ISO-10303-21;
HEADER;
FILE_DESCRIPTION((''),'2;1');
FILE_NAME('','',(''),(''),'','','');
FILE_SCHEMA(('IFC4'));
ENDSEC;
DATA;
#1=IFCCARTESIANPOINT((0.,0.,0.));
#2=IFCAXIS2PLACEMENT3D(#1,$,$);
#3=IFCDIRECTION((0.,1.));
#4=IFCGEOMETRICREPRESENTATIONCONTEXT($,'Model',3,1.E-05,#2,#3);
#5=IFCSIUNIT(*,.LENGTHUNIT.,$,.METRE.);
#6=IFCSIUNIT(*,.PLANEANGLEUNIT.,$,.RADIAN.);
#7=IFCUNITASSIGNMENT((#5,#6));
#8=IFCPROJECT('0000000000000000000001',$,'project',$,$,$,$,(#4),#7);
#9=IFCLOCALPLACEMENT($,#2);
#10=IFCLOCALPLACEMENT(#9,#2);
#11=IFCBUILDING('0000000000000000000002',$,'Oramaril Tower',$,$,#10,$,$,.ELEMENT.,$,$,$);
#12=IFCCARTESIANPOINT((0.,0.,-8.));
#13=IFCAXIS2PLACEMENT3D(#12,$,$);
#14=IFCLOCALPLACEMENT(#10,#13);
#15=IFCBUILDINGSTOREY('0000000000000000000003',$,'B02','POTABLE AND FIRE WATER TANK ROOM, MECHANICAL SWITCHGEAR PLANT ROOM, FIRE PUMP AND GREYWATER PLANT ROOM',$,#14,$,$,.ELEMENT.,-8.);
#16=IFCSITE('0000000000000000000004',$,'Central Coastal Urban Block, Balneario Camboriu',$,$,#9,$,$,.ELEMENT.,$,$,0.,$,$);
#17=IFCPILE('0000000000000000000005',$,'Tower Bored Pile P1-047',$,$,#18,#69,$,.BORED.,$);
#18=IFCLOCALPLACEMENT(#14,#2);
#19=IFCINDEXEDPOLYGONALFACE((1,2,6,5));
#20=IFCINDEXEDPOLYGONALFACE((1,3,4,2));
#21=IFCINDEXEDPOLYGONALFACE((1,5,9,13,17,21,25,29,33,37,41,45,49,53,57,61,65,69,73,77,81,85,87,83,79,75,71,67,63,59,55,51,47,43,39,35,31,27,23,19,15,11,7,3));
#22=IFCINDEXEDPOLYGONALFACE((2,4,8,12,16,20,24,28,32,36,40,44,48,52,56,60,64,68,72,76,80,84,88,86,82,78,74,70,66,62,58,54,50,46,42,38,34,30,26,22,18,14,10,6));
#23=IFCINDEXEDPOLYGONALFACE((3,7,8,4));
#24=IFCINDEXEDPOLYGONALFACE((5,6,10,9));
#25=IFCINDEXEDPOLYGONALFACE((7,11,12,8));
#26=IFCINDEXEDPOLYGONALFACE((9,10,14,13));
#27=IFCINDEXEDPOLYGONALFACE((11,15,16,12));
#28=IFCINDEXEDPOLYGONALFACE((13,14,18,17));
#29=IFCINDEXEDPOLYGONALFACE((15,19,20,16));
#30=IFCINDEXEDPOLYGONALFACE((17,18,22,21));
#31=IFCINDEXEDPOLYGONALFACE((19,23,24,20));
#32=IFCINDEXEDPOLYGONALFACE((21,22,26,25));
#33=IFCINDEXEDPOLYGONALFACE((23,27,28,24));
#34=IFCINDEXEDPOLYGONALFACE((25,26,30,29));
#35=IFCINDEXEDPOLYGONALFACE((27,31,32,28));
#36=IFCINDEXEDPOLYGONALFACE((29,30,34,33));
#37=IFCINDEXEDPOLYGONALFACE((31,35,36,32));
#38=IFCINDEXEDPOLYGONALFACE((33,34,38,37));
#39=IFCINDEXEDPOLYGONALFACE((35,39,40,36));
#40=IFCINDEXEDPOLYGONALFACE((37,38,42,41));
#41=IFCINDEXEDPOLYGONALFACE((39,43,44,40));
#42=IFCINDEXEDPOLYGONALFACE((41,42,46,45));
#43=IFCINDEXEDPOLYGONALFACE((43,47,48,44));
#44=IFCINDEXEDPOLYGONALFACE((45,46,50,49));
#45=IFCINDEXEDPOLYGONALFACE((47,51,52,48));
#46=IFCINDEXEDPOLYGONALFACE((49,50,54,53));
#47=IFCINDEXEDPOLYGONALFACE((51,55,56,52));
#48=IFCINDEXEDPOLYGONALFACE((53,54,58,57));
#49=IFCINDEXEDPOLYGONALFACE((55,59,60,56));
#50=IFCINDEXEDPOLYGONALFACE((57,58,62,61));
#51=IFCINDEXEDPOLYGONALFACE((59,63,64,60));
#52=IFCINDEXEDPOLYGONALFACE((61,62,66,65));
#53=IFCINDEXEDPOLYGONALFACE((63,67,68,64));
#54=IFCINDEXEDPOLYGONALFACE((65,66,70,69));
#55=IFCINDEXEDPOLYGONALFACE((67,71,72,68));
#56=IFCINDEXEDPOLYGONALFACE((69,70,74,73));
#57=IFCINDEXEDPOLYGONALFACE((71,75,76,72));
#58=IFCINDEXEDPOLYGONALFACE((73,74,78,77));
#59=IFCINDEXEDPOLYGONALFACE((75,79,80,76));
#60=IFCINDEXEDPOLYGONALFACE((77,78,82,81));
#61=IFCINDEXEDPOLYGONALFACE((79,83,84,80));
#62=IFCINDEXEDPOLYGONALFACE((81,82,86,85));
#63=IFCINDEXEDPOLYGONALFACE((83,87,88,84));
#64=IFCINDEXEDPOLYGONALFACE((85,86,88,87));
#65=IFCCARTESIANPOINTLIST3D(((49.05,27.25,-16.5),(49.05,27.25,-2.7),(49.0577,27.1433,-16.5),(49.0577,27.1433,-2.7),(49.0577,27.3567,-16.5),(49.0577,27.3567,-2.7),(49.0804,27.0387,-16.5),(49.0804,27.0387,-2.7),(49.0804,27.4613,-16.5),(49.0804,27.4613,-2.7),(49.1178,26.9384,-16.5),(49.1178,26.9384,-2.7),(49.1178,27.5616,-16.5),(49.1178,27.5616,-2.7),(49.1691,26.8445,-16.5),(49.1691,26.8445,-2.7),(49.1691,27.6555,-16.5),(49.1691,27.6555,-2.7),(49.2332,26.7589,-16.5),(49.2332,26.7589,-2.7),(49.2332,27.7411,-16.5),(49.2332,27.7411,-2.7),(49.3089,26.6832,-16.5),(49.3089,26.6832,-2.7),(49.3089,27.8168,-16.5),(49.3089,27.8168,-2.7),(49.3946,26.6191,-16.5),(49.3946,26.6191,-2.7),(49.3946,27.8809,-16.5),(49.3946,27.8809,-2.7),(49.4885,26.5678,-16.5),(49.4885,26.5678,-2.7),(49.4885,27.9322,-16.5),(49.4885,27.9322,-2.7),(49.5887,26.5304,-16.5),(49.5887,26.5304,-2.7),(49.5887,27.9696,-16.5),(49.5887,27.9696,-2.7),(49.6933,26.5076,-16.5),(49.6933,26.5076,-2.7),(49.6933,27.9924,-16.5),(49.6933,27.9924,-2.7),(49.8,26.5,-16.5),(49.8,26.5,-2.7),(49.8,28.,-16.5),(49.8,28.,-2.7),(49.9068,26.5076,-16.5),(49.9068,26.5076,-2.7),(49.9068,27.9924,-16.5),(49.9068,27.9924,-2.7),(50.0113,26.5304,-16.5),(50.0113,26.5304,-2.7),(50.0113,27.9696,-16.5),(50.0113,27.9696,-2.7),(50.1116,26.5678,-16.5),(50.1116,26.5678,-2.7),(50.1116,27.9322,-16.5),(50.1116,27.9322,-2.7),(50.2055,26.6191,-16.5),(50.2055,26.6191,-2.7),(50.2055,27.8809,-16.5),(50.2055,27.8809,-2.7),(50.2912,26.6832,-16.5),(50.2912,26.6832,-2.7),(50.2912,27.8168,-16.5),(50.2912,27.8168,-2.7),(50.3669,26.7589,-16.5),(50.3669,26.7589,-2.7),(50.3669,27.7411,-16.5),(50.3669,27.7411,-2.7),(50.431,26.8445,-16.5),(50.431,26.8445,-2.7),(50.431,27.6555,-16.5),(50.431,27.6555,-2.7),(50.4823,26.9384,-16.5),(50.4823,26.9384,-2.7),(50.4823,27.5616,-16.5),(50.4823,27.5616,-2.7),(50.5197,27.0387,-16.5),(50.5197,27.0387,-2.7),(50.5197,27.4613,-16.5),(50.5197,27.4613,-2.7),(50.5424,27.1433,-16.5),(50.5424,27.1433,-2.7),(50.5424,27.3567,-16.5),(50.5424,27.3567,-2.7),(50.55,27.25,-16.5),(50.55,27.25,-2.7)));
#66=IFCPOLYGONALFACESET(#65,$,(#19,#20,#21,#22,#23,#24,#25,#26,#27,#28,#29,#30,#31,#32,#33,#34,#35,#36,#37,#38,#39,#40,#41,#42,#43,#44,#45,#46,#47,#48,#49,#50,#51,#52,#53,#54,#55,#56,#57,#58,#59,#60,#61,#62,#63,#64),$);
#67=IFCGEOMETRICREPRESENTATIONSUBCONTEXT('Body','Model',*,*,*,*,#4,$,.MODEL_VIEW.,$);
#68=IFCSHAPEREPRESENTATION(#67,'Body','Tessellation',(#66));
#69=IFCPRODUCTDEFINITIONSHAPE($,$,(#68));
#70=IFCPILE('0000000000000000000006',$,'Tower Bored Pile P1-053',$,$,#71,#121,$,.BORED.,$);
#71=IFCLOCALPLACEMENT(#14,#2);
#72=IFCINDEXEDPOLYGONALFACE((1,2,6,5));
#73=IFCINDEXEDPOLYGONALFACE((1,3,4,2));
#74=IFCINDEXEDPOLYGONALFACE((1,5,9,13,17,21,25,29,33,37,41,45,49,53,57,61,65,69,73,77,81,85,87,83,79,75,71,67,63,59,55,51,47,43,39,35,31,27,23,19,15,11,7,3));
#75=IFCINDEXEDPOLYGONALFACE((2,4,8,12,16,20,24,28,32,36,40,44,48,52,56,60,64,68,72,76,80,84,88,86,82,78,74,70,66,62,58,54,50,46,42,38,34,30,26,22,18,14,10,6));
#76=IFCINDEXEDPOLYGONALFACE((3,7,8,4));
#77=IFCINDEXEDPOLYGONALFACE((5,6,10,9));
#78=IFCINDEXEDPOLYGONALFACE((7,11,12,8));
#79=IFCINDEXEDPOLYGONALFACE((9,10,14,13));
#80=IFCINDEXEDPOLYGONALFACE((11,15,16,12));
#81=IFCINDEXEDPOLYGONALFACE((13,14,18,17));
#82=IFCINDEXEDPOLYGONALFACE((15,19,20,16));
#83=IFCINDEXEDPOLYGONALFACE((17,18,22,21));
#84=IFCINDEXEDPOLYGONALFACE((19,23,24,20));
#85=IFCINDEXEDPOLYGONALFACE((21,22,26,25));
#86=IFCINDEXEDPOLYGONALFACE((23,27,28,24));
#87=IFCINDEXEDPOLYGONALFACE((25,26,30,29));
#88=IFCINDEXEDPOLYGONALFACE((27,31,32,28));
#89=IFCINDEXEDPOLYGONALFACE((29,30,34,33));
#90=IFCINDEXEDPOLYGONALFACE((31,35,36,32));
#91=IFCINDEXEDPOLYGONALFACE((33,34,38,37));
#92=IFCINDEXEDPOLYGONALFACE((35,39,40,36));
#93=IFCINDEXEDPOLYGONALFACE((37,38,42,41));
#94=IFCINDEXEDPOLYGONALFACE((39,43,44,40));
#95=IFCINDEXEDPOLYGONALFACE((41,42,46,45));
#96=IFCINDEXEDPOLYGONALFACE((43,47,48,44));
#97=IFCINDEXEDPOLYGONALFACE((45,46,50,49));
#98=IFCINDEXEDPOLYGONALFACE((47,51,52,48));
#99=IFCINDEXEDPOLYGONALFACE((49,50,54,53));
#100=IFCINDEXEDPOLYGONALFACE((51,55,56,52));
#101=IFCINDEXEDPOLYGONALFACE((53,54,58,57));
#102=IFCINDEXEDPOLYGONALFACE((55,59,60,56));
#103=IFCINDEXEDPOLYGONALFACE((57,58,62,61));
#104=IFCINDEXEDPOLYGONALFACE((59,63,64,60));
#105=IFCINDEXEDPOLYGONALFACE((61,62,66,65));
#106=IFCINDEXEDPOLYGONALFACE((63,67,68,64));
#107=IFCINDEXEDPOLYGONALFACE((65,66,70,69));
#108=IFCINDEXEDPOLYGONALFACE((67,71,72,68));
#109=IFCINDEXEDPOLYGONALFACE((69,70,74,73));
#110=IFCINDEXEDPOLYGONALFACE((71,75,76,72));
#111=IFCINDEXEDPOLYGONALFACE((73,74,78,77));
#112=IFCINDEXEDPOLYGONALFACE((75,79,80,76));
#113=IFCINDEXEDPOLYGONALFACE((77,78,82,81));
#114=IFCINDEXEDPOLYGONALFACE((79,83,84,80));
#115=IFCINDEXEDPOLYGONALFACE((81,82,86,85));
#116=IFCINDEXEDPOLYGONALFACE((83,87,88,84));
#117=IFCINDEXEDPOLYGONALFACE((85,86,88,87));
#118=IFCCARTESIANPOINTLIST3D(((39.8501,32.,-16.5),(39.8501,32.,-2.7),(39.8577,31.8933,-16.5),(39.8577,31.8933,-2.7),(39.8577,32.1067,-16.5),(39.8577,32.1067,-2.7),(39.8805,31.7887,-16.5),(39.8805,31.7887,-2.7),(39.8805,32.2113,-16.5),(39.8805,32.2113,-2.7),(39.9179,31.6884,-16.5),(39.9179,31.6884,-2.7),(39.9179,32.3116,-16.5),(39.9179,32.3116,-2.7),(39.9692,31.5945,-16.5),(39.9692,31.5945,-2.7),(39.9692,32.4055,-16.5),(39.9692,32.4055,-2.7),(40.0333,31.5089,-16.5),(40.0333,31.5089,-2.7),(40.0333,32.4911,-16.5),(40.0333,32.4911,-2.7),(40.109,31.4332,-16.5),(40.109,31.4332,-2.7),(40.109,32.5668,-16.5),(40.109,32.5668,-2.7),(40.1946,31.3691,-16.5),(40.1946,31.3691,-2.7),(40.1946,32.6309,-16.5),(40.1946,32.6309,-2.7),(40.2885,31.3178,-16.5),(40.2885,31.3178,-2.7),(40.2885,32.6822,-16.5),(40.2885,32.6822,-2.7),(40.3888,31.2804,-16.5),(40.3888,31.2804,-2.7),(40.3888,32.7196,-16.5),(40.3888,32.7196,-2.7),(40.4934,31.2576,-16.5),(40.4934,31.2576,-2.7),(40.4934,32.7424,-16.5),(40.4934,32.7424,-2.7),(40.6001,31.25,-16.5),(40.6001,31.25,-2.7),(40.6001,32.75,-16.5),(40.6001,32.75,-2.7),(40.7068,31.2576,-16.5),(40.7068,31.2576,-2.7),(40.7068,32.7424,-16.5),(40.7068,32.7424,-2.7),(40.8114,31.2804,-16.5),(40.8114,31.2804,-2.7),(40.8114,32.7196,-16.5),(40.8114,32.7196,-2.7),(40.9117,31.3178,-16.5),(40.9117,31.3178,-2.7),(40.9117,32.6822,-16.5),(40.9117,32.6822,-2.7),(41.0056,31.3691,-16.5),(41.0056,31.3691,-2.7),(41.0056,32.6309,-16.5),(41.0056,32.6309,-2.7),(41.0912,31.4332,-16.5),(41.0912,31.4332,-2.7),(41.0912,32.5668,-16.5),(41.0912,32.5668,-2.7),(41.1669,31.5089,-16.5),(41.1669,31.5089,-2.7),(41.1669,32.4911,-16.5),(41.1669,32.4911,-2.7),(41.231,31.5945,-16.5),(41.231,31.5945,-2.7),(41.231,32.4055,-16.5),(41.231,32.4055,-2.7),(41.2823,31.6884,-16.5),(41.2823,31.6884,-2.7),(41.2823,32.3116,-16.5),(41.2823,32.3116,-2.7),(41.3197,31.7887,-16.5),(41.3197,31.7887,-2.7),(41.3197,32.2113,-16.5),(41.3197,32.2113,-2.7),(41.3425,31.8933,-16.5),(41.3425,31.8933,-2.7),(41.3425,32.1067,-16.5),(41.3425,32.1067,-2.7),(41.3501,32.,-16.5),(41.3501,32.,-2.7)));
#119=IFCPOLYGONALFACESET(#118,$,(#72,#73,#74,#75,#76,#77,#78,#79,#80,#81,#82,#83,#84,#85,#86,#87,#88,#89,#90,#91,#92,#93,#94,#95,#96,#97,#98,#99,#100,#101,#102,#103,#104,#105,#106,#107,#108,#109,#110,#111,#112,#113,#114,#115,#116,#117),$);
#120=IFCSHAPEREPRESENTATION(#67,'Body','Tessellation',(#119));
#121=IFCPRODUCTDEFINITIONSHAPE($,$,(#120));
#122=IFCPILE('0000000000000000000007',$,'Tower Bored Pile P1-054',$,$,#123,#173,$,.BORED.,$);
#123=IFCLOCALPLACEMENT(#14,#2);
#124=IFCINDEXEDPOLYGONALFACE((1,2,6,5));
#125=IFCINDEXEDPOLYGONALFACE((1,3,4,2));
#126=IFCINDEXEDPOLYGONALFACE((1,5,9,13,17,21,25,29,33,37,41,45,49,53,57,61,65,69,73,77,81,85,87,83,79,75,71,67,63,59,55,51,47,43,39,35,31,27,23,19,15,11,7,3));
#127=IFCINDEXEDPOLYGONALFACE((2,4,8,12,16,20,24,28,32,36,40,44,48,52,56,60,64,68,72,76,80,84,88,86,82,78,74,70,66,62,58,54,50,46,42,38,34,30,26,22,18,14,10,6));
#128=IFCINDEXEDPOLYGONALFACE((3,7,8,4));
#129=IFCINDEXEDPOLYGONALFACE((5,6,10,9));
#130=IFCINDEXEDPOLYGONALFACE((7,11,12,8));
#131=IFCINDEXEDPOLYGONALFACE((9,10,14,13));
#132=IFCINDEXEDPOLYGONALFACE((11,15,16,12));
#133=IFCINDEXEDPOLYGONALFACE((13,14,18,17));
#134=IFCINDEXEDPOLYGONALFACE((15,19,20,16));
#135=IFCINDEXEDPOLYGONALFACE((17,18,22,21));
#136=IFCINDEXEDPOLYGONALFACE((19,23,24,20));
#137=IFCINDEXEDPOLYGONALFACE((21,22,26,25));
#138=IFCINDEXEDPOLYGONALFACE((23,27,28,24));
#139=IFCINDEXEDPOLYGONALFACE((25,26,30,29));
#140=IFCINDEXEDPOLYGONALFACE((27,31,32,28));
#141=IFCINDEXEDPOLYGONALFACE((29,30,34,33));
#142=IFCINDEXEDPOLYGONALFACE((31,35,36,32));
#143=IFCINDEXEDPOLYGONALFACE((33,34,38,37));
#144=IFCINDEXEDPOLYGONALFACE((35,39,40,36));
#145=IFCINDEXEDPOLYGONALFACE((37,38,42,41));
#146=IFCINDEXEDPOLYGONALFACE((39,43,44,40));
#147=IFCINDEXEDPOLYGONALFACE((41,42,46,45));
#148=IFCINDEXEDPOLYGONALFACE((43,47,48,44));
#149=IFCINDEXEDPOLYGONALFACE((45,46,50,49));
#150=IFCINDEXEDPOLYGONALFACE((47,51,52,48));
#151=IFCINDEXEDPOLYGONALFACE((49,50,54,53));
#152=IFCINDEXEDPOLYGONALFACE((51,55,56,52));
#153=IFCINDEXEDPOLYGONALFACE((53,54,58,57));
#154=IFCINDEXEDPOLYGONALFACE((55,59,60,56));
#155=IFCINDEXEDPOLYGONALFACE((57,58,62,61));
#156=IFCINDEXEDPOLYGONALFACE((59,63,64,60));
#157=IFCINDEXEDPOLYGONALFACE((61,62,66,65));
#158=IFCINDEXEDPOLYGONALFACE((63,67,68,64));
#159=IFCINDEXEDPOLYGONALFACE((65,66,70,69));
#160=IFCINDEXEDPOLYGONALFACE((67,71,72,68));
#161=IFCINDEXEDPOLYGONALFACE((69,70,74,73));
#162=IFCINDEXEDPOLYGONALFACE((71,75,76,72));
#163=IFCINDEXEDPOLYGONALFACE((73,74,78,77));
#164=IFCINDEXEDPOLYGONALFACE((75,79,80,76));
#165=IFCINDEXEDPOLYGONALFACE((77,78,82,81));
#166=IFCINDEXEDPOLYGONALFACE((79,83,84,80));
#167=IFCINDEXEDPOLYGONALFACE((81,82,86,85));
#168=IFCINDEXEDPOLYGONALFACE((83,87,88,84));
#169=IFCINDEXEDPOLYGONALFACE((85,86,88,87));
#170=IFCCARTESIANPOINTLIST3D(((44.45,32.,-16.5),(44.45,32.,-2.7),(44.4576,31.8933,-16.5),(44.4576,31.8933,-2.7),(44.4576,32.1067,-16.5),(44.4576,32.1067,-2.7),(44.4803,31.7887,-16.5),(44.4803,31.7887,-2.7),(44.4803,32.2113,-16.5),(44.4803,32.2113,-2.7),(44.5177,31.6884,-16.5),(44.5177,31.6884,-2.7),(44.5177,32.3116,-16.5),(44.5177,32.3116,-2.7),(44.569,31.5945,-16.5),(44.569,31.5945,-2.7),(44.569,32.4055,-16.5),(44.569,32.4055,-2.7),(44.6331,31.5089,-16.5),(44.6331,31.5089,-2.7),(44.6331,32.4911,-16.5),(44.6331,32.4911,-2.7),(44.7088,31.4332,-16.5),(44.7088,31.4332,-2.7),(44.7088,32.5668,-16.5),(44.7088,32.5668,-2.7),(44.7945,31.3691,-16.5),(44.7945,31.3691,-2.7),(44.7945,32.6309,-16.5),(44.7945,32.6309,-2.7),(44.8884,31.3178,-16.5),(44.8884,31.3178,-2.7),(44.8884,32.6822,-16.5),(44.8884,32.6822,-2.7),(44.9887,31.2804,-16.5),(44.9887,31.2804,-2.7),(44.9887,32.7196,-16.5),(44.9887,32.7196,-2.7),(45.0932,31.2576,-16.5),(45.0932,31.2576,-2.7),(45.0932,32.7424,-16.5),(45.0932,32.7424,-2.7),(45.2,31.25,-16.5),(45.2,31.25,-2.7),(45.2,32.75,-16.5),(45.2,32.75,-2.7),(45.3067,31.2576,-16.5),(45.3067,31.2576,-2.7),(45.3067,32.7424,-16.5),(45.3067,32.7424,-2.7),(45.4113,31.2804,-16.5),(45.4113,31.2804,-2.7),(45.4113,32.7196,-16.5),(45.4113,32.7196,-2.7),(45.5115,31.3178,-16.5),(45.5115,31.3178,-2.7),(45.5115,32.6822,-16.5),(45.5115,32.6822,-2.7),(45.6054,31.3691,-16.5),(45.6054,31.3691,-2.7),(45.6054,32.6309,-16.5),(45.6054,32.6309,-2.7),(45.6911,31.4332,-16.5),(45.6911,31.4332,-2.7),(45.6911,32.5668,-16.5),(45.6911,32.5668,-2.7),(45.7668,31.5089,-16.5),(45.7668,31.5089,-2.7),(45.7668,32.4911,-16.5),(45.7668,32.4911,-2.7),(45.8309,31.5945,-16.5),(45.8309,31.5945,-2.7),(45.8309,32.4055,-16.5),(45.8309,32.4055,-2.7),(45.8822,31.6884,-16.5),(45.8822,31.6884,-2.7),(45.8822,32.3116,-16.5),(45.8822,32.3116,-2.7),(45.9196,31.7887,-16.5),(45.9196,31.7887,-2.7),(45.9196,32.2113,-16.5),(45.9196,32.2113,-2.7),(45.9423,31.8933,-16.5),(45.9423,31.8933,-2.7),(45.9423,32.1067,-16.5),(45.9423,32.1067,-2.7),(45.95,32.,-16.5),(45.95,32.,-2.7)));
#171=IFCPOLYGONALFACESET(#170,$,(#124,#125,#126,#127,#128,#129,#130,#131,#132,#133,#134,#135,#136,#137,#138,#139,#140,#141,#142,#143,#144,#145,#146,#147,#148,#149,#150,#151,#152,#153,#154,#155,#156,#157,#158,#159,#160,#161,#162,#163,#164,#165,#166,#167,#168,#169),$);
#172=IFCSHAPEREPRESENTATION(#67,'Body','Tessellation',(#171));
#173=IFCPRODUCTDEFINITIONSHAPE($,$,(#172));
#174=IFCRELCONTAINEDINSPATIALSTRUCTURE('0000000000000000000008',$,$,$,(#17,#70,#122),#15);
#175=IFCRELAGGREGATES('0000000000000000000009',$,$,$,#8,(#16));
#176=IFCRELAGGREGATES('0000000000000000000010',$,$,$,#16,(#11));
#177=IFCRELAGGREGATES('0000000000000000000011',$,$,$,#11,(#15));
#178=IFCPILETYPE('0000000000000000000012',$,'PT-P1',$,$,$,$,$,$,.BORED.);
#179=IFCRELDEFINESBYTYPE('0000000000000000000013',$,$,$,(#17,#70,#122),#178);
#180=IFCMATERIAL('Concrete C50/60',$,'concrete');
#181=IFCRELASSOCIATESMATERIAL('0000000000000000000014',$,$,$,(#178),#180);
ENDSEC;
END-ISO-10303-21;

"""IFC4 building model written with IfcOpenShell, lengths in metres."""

from ifc_helpers import new_model, si_unit, direction, frame, origin, origin_2d, place, context, subcontext, project, spatial, circle, extrude, material, material_profile, profile_set, type_object, element, save


model = new_model("IFC4")

# Units and contexts
model_context = context("Model", 3, precision=1e-05, world=origin(), true_north=direction((0.0, 1.0)))
body_context = subcontext(model_context, "Body", "Model", "MODEL_VIEW")
ifc_project = project(units=[si_unit("LENGTHUNIT", "METRE"), si_unit("PLANEANGLEUNIT", "RADIAN")], contexts=[model_context])

# Site, building, storey
site_placement = place(None, origin())
site = spatial("IfcSite", under=ifc_project, at=site_placement, Name="Central Coastal Urban Block, Balneario Camboriu", CompositionType="ELEMENT", RefElevation=0.0)
building_placement = place(site_placement, origin())
building = spatial("IfcBuilding", under=site, at=building_placement, Name="Oramaril Tower", CompositionType="ELEMENT")
storey_placement = place(building_placement, frame((0.0, 0.0, -8.0)))
storey = spatial("IfcBuildingStorey", under=building, at=storey_placement, Name="B02", Description="POTABLE AND FIRE WATER TANK ROOM, MECHANICAL SWITCHGEAR PLANT ROOM, FIRE PUMP AND GREYWATER PLANT ROOM", CompositionType="ELEMENT", Elevation=-8.0)

# Piles
ifc_material_1 = material(Name="Concrete C50/60", Category="concrete")
ifc_material_profile_1 = material_profile(ifc_material_1, circle(Radius=0.75, at=origin_2d()), Name="D1500")
ifc_profile_set_1 = profile_set([ifc_material_profile_1], Name="Concrete C50/60")
pile_type = type_object("IfcPileType", Name="PT-P1", PredefinedType="BORED", material=ifc_profile_set_1)
for number, where, z_axis, x_axis, name in (
    (1, (49.8, 27.25, -2.7), (0.0, 0.0, -1.0), (1.0, 0.0, 0.0), "Tower Bored Pile P1-047"),
    (2, (40.6001, 32.0, -2.7), (0.0, 0.0, -1.0), (1.0, 0.0, 0.0), "Tower Bored Pile P1-053"),
    (3, (45.2, 32.0, -2.7), (0.0, 0.0, -1.0), (1.0, 0.0, 0.0), "Tower Bored Pile P1-054"),
):
    element("IfcPile", number, at=place(storey_placement, frame(where, z_axis=z_axis, x_axis=x_axis)), inside=storey, type_object=pile_type, Name=name, PredefinedType="BORED", context=body_context, shape_type="SweptSolid", body=[
        extrude(circle(Radius=0.75, at=origin_2d()), origin(), (0.0, 0.0, 1.0), 13.8),
    ])

save(model, "model.ifc")
